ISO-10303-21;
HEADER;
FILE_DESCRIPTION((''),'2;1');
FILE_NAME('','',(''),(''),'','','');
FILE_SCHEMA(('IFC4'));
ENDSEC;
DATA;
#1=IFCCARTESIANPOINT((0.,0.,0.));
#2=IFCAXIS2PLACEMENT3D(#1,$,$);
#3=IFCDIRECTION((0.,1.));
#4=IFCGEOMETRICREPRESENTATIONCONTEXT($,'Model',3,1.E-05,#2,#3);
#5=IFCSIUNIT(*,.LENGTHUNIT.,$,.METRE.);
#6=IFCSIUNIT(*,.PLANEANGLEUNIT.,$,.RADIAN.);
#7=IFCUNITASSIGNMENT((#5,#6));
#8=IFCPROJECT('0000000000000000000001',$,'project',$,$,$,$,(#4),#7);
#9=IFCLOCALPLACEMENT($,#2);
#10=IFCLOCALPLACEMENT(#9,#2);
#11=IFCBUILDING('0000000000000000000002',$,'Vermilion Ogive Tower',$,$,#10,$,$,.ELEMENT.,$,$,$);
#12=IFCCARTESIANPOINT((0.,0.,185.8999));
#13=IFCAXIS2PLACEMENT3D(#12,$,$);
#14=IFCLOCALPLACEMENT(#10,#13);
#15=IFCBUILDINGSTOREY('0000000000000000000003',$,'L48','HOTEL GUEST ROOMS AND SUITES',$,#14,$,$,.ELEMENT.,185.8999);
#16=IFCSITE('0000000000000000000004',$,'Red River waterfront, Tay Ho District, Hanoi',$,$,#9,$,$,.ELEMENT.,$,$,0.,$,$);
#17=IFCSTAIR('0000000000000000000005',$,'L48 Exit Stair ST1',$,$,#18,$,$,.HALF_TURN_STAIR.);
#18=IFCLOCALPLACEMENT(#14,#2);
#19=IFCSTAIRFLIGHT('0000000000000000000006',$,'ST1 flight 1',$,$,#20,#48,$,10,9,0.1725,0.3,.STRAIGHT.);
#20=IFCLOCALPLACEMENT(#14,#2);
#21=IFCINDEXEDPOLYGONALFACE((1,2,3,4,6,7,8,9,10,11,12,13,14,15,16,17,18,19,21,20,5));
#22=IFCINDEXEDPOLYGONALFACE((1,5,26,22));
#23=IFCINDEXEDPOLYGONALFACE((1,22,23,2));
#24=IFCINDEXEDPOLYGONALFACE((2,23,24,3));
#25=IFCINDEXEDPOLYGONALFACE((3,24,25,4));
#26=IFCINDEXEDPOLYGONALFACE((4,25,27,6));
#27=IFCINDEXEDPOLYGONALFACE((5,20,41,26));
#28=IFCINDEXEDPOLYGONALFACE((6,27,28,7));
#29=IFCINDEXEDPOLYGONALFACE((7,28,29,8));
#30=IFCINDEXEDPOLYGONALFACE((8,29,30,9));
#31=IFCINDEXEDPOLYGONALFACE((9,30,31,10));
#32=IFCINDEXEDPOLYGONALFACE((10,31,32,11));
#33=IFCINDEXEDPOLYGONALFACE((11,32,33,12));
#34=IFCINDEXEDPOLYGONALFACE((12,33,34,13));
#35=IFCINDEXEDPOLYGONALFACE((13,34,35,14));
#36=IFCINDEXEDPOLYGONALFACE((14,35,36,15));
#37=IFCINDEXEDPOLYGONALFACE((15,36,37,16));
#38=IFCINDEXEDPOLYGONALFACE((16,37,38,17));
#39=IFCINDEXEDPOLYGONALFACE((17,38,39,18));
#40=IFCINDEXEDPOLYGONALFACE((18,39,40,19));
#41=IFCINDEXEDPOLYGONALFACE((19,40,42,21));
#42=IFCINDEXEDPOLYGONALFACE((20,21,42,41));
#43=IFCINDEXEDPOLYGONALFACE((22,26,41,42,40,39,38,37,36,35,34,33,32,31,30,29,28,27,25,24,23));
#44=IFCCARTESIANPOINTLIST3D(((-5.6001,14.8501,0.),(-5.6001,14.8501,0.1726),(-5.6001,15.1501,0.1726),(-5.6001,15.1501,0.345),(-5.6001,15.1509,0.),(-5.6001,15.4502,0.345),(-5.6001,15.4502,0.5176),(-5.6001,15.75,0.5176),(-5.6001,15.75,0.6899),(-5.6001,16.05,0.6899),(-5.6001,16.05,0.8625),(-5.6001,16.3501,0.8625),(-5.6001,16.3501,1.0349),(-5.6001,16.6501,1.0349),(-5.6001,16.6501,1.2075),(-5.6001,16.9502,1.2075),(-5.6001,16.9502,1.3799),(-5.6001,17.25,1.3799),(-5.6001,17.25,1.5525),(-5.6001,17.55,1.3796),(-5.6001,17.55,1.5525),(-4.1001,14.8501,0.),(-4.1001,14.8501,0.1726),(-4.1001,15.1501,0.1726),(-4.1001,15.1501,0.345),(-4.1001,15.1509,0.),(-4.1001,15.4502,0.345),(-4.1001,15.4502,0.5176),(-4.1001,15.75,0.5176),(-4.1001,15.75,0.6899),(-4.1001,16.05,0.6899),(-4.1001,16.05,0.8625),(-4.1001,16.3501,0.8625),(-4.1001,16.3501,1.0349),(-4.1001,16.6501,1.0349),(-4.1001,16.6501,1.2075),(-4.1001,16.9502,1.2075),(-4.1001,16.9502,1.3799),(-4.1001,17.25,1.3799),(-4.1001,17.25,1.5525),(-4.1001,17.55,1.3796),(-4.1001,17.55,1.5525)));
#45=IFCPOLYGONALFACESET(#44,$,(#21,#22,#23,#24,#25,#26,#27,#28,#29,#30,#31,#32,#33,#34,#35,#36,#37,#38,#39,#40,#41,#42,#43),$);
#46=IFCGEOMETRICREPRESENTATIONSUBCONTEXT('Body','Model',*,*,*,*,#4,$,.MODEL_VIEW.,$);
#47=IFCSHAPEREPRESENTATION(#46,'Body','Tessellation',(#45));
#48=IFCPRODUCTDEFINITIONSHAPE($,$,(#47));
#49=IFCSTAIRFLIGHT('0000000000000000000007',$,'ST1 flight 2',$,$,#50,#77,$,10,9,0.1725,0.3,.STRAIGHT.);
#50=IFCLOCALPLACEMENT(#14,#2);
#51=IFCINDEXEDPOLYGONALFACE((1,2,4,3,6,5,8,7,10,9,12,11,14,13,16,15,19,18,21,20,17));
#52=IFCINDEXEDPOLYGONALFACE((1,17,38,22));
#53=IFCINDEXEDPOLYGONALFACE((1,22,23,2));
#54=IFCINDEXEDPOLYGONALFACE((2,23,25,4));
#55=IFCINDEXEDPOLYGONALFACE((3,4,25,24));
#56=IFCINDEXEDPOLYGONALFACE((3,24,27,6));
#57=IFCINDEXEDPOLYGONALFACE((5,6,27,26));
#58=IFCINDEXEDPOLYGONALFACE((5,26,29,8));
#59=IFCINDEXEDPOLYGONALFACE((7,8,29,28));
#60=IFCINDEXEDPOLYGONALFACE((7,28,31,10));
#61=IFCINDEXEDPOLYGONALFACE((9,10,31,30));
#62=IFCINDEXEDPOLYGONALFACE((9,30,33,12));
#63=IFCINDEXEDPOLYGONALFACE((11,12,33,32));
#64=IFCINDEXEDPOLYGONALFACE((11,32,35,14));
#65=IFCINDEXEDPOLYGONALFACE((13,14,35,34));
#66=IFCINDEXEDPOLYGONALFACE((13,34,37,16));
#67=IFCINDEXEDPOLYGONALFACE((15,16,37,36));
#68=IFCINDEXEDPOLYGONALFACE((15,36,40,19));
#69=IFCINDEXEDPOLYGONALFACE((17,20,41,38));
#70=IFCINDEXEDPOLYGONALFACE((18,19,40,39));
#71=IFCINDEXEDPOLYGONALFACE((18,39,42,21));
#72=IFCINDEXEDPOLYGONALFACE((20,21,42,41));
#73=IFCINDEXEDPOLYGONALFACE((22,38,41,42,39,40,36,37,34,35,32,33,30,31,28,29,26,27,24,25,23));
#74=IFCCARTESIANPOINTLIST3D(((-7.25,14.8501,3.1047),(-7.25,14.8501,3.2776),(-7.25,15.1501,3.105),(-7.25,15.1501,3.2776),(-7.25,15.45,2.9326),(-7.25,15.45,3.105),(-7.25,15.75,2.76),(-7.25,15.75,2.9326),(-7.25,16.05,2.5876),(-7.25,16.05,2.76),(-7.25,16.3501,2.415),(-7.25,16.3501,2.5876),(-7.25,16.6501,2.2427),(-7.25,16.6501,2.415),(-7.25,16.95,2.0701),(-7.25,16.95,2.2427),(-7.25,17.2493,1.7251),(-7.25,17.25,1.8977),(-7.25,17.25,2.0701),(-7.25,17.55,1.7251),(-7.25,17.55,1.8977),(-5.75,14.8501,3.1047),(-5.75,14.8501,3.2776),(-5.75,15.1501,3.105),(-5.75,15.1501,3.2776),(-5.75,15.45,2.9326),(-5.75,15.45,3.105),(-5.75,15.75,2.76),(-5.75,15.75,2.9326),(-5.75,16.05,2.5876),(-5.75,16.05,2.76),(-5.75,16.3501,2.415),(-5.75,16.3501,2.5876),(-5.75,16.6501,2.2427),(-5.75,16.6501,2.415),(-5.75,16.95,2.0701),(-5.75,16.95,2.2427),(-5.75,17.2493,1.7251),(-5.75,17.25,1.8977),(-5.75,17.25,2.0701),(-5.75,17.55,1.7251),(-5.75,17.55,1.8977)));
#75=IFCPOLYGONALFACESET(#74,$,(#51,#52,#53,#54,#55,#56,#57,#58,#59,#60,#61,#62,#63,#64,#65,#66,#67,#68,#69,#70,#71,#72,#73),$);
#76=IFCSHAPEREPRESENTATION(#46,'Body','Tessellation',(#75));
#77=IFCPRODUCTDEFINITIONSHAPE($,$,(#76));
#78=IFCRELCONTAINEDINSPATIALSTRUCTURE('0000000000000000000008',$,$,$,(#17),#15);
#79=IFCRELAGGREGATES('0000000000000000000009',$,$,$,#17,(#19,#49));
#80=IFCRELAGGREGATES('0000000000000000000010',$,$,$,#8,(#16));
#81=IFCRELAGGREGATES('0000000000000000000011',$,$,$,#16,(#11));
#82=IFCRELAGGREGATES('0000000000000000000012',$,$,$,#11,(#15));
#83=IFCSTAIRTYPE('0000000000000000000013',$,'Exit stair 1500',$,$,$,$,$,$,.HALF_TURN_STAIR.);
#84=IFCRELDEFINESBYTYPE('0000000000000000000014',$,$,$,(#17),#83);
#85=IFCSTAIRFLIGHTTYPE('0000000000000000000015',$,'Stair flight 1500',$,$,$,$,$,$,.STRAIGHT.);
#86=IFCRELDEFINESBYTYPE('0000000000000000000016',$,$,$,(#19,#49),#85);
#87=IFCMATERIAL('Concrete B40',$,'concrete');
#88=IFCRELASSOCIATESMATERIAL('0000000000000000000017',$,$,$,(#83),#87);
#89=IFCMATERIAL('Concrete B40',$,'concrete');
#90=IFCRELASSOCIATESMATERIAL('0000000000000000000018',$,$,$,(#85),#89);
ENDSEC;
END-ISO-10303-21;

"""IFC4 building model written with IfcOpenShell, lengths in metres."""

from ifc_helpers import new_model, si_unit, direction, frame, origin, place, context, subcontext, project, spatial, polyline, outline, extrude, material, type_object, element, aggregate, save


model = new_model("IFC4")

# Units and contexts
model_context = context("Model", 3, precision=1e-05, world=origin(), true_north=direction((0.0, 1.0)))
body_context = subcontext(model_context, "Body", "Model", "MODEL_VIEW")
ifc_project = project(units=[si_unit("LENGTHUNIT", "METRE"), si_unit("PLANEANGLEUNIT", "RADIAN")], contexts=[model_context])

# Site, building, storey
site_placement = place(None, origin())
site = spatial("IfcSite", under=ifc_project, at=site_placement, Name="Red River waterfront, Tay Ho District, Hanoi", CompositionType="ELEMENT", RefElevation=0.0)
building_placement = place(site_placement, origin())
building = spatial("IfcBuilding", under=site, at=building_placement, Name="Vermilion Ogive Tower", CompositionType="ELEMENT")
storey_placement = place(building_placement, frame((0.0, 0.0, 185.8999)))
storey = spatial("IfcBuildingStorey", under=building, at=storey_placement, Name="L48", Description="HOTEL GUEST ROOMS AND SUITES", CompositionType="ELEMENT", Elevation=185.8999)

# Stair, stair flights
ifc_material_1 = material(Name="Concrete B40", Category="concrete")
stair_type = type_object("IfcStairType", Name="Exit stair 1500", PredefinedType="HALF_TURN_STAIR", material=ifc_material_1)
stair_placement = place(storey_placement, origin())
stair = element("IfcStair", 1, at=stair_placement, inside=storey, type_object=stair_type, Name="L48 Exit Stair ST1", PredefinedType="HALF_TURN_STAIR")
ifc_material_2 = material(Name="Concrete B40", Category="concrete")
stair_flight_type = type_object("IfcStairFlightType", Name="Stair flight 1500", PredefinedType="STRAIGHT", material=ifc_material_2)
stair_flight_1_placement = place(storey_placement, frame((-4.8501, 14.8501, 0.0), z_axis=(0.0, 0.0, 1.0), x_axis=(0.0, 1.0, 0.0)))
stair_flight_1 = element("IfcStairFlight", 2, at=stair_flight_1_placement, type_object=stair_flight_type, Name="ST1 flight 1", NumberOfRisers=10, NumberOfTreads=9, PredefinedType="STRAIGHT", RiserHeight=0.1725, TreadLength=0.3, context=body_context, shape_type="SweptSolid", body=[
    extrude(outline(polyline([(0.0, 0.0), (0.0, 0.1726), (0.3, 0.1726), (0.3, 0.345), (0.6001, 0.345), (0.6001, 0.5176), (0.8999, 0.5176), (0.8999, 0.6899), (1.2, 0.6899), (1.2, 0.8625), (1.5, 0.8625), (1.5, 1.0349), (1.8, 1.0349), (1.8, 1.2075), (2.1001, 1.2075), (2.1001, 1.3799), (2.3999, 1.3799), (2.3999, 1.5525), (2.7, 1.5525), (2.7, 1.7251), (2.7, 1.3796), (0.3008, 0.0), (0.0, 0.0)])), frame((0.0, 0.75, 0.0), z_axis=(0.0, -1.0, 0.0), x_axis=(1.0, 0.0, 0.0)), (0.0, 0.0, 1.0), 1.5),
])
stair_flight_2_placement = place(storey_placement, frame((-6.5, 17.55, 1.7251), z_axis=(0.0, 0.0, 1.0), x_axis=(0.0, -1.0, 0.0)))
stair_flight_2 = element("IfcStairFlight", 3, at=stair_flight_2_placement, type_object=stair_flight_type, Name="ST1 flight 2", NumberOfRisers=10, NumberOfTreads=9, PredefinedType="STRAIGHT", RiserHeight=0.1725, TreadLength=0.3, context=body_context, shape_type="SweptSolid", body=[
    extrude(outline(polyline([(0.0, 0.0), (0.0, 0.1726), (0.3, 0.1726), (0.3, 0.345), (0.6001, 0.345), (0.6001, 0.5176), (0.8999, 0.5176), (0.8999, 0.6899), (1.2, 0.6899), (1.2, 0.8625), (1.5, 0.8625), (1.5, 1.0349), (1.8, 1.0349), (1.8, 1.2075), (2.1001, 1.2075), (2.1001, 1.3799), (2.3999, 1.3799), (2.3999, 1.5525), (2.7, 1.5525), (2.7, 1.7251), (2.7, 1.3796), (0.3008, 0.0), (0.0, 0.0)])), frame((0.0, 0.75, 0.0), z_axis=(0.0, -1.0, 0.0), x_axis=(1.0, 0.0, 0.0)), (0.0, 0.0, 1.0), 1.5),
])
aggregate(stair, [stair_flight_1, stair_flight_2])

save(model, "model.ifc")
